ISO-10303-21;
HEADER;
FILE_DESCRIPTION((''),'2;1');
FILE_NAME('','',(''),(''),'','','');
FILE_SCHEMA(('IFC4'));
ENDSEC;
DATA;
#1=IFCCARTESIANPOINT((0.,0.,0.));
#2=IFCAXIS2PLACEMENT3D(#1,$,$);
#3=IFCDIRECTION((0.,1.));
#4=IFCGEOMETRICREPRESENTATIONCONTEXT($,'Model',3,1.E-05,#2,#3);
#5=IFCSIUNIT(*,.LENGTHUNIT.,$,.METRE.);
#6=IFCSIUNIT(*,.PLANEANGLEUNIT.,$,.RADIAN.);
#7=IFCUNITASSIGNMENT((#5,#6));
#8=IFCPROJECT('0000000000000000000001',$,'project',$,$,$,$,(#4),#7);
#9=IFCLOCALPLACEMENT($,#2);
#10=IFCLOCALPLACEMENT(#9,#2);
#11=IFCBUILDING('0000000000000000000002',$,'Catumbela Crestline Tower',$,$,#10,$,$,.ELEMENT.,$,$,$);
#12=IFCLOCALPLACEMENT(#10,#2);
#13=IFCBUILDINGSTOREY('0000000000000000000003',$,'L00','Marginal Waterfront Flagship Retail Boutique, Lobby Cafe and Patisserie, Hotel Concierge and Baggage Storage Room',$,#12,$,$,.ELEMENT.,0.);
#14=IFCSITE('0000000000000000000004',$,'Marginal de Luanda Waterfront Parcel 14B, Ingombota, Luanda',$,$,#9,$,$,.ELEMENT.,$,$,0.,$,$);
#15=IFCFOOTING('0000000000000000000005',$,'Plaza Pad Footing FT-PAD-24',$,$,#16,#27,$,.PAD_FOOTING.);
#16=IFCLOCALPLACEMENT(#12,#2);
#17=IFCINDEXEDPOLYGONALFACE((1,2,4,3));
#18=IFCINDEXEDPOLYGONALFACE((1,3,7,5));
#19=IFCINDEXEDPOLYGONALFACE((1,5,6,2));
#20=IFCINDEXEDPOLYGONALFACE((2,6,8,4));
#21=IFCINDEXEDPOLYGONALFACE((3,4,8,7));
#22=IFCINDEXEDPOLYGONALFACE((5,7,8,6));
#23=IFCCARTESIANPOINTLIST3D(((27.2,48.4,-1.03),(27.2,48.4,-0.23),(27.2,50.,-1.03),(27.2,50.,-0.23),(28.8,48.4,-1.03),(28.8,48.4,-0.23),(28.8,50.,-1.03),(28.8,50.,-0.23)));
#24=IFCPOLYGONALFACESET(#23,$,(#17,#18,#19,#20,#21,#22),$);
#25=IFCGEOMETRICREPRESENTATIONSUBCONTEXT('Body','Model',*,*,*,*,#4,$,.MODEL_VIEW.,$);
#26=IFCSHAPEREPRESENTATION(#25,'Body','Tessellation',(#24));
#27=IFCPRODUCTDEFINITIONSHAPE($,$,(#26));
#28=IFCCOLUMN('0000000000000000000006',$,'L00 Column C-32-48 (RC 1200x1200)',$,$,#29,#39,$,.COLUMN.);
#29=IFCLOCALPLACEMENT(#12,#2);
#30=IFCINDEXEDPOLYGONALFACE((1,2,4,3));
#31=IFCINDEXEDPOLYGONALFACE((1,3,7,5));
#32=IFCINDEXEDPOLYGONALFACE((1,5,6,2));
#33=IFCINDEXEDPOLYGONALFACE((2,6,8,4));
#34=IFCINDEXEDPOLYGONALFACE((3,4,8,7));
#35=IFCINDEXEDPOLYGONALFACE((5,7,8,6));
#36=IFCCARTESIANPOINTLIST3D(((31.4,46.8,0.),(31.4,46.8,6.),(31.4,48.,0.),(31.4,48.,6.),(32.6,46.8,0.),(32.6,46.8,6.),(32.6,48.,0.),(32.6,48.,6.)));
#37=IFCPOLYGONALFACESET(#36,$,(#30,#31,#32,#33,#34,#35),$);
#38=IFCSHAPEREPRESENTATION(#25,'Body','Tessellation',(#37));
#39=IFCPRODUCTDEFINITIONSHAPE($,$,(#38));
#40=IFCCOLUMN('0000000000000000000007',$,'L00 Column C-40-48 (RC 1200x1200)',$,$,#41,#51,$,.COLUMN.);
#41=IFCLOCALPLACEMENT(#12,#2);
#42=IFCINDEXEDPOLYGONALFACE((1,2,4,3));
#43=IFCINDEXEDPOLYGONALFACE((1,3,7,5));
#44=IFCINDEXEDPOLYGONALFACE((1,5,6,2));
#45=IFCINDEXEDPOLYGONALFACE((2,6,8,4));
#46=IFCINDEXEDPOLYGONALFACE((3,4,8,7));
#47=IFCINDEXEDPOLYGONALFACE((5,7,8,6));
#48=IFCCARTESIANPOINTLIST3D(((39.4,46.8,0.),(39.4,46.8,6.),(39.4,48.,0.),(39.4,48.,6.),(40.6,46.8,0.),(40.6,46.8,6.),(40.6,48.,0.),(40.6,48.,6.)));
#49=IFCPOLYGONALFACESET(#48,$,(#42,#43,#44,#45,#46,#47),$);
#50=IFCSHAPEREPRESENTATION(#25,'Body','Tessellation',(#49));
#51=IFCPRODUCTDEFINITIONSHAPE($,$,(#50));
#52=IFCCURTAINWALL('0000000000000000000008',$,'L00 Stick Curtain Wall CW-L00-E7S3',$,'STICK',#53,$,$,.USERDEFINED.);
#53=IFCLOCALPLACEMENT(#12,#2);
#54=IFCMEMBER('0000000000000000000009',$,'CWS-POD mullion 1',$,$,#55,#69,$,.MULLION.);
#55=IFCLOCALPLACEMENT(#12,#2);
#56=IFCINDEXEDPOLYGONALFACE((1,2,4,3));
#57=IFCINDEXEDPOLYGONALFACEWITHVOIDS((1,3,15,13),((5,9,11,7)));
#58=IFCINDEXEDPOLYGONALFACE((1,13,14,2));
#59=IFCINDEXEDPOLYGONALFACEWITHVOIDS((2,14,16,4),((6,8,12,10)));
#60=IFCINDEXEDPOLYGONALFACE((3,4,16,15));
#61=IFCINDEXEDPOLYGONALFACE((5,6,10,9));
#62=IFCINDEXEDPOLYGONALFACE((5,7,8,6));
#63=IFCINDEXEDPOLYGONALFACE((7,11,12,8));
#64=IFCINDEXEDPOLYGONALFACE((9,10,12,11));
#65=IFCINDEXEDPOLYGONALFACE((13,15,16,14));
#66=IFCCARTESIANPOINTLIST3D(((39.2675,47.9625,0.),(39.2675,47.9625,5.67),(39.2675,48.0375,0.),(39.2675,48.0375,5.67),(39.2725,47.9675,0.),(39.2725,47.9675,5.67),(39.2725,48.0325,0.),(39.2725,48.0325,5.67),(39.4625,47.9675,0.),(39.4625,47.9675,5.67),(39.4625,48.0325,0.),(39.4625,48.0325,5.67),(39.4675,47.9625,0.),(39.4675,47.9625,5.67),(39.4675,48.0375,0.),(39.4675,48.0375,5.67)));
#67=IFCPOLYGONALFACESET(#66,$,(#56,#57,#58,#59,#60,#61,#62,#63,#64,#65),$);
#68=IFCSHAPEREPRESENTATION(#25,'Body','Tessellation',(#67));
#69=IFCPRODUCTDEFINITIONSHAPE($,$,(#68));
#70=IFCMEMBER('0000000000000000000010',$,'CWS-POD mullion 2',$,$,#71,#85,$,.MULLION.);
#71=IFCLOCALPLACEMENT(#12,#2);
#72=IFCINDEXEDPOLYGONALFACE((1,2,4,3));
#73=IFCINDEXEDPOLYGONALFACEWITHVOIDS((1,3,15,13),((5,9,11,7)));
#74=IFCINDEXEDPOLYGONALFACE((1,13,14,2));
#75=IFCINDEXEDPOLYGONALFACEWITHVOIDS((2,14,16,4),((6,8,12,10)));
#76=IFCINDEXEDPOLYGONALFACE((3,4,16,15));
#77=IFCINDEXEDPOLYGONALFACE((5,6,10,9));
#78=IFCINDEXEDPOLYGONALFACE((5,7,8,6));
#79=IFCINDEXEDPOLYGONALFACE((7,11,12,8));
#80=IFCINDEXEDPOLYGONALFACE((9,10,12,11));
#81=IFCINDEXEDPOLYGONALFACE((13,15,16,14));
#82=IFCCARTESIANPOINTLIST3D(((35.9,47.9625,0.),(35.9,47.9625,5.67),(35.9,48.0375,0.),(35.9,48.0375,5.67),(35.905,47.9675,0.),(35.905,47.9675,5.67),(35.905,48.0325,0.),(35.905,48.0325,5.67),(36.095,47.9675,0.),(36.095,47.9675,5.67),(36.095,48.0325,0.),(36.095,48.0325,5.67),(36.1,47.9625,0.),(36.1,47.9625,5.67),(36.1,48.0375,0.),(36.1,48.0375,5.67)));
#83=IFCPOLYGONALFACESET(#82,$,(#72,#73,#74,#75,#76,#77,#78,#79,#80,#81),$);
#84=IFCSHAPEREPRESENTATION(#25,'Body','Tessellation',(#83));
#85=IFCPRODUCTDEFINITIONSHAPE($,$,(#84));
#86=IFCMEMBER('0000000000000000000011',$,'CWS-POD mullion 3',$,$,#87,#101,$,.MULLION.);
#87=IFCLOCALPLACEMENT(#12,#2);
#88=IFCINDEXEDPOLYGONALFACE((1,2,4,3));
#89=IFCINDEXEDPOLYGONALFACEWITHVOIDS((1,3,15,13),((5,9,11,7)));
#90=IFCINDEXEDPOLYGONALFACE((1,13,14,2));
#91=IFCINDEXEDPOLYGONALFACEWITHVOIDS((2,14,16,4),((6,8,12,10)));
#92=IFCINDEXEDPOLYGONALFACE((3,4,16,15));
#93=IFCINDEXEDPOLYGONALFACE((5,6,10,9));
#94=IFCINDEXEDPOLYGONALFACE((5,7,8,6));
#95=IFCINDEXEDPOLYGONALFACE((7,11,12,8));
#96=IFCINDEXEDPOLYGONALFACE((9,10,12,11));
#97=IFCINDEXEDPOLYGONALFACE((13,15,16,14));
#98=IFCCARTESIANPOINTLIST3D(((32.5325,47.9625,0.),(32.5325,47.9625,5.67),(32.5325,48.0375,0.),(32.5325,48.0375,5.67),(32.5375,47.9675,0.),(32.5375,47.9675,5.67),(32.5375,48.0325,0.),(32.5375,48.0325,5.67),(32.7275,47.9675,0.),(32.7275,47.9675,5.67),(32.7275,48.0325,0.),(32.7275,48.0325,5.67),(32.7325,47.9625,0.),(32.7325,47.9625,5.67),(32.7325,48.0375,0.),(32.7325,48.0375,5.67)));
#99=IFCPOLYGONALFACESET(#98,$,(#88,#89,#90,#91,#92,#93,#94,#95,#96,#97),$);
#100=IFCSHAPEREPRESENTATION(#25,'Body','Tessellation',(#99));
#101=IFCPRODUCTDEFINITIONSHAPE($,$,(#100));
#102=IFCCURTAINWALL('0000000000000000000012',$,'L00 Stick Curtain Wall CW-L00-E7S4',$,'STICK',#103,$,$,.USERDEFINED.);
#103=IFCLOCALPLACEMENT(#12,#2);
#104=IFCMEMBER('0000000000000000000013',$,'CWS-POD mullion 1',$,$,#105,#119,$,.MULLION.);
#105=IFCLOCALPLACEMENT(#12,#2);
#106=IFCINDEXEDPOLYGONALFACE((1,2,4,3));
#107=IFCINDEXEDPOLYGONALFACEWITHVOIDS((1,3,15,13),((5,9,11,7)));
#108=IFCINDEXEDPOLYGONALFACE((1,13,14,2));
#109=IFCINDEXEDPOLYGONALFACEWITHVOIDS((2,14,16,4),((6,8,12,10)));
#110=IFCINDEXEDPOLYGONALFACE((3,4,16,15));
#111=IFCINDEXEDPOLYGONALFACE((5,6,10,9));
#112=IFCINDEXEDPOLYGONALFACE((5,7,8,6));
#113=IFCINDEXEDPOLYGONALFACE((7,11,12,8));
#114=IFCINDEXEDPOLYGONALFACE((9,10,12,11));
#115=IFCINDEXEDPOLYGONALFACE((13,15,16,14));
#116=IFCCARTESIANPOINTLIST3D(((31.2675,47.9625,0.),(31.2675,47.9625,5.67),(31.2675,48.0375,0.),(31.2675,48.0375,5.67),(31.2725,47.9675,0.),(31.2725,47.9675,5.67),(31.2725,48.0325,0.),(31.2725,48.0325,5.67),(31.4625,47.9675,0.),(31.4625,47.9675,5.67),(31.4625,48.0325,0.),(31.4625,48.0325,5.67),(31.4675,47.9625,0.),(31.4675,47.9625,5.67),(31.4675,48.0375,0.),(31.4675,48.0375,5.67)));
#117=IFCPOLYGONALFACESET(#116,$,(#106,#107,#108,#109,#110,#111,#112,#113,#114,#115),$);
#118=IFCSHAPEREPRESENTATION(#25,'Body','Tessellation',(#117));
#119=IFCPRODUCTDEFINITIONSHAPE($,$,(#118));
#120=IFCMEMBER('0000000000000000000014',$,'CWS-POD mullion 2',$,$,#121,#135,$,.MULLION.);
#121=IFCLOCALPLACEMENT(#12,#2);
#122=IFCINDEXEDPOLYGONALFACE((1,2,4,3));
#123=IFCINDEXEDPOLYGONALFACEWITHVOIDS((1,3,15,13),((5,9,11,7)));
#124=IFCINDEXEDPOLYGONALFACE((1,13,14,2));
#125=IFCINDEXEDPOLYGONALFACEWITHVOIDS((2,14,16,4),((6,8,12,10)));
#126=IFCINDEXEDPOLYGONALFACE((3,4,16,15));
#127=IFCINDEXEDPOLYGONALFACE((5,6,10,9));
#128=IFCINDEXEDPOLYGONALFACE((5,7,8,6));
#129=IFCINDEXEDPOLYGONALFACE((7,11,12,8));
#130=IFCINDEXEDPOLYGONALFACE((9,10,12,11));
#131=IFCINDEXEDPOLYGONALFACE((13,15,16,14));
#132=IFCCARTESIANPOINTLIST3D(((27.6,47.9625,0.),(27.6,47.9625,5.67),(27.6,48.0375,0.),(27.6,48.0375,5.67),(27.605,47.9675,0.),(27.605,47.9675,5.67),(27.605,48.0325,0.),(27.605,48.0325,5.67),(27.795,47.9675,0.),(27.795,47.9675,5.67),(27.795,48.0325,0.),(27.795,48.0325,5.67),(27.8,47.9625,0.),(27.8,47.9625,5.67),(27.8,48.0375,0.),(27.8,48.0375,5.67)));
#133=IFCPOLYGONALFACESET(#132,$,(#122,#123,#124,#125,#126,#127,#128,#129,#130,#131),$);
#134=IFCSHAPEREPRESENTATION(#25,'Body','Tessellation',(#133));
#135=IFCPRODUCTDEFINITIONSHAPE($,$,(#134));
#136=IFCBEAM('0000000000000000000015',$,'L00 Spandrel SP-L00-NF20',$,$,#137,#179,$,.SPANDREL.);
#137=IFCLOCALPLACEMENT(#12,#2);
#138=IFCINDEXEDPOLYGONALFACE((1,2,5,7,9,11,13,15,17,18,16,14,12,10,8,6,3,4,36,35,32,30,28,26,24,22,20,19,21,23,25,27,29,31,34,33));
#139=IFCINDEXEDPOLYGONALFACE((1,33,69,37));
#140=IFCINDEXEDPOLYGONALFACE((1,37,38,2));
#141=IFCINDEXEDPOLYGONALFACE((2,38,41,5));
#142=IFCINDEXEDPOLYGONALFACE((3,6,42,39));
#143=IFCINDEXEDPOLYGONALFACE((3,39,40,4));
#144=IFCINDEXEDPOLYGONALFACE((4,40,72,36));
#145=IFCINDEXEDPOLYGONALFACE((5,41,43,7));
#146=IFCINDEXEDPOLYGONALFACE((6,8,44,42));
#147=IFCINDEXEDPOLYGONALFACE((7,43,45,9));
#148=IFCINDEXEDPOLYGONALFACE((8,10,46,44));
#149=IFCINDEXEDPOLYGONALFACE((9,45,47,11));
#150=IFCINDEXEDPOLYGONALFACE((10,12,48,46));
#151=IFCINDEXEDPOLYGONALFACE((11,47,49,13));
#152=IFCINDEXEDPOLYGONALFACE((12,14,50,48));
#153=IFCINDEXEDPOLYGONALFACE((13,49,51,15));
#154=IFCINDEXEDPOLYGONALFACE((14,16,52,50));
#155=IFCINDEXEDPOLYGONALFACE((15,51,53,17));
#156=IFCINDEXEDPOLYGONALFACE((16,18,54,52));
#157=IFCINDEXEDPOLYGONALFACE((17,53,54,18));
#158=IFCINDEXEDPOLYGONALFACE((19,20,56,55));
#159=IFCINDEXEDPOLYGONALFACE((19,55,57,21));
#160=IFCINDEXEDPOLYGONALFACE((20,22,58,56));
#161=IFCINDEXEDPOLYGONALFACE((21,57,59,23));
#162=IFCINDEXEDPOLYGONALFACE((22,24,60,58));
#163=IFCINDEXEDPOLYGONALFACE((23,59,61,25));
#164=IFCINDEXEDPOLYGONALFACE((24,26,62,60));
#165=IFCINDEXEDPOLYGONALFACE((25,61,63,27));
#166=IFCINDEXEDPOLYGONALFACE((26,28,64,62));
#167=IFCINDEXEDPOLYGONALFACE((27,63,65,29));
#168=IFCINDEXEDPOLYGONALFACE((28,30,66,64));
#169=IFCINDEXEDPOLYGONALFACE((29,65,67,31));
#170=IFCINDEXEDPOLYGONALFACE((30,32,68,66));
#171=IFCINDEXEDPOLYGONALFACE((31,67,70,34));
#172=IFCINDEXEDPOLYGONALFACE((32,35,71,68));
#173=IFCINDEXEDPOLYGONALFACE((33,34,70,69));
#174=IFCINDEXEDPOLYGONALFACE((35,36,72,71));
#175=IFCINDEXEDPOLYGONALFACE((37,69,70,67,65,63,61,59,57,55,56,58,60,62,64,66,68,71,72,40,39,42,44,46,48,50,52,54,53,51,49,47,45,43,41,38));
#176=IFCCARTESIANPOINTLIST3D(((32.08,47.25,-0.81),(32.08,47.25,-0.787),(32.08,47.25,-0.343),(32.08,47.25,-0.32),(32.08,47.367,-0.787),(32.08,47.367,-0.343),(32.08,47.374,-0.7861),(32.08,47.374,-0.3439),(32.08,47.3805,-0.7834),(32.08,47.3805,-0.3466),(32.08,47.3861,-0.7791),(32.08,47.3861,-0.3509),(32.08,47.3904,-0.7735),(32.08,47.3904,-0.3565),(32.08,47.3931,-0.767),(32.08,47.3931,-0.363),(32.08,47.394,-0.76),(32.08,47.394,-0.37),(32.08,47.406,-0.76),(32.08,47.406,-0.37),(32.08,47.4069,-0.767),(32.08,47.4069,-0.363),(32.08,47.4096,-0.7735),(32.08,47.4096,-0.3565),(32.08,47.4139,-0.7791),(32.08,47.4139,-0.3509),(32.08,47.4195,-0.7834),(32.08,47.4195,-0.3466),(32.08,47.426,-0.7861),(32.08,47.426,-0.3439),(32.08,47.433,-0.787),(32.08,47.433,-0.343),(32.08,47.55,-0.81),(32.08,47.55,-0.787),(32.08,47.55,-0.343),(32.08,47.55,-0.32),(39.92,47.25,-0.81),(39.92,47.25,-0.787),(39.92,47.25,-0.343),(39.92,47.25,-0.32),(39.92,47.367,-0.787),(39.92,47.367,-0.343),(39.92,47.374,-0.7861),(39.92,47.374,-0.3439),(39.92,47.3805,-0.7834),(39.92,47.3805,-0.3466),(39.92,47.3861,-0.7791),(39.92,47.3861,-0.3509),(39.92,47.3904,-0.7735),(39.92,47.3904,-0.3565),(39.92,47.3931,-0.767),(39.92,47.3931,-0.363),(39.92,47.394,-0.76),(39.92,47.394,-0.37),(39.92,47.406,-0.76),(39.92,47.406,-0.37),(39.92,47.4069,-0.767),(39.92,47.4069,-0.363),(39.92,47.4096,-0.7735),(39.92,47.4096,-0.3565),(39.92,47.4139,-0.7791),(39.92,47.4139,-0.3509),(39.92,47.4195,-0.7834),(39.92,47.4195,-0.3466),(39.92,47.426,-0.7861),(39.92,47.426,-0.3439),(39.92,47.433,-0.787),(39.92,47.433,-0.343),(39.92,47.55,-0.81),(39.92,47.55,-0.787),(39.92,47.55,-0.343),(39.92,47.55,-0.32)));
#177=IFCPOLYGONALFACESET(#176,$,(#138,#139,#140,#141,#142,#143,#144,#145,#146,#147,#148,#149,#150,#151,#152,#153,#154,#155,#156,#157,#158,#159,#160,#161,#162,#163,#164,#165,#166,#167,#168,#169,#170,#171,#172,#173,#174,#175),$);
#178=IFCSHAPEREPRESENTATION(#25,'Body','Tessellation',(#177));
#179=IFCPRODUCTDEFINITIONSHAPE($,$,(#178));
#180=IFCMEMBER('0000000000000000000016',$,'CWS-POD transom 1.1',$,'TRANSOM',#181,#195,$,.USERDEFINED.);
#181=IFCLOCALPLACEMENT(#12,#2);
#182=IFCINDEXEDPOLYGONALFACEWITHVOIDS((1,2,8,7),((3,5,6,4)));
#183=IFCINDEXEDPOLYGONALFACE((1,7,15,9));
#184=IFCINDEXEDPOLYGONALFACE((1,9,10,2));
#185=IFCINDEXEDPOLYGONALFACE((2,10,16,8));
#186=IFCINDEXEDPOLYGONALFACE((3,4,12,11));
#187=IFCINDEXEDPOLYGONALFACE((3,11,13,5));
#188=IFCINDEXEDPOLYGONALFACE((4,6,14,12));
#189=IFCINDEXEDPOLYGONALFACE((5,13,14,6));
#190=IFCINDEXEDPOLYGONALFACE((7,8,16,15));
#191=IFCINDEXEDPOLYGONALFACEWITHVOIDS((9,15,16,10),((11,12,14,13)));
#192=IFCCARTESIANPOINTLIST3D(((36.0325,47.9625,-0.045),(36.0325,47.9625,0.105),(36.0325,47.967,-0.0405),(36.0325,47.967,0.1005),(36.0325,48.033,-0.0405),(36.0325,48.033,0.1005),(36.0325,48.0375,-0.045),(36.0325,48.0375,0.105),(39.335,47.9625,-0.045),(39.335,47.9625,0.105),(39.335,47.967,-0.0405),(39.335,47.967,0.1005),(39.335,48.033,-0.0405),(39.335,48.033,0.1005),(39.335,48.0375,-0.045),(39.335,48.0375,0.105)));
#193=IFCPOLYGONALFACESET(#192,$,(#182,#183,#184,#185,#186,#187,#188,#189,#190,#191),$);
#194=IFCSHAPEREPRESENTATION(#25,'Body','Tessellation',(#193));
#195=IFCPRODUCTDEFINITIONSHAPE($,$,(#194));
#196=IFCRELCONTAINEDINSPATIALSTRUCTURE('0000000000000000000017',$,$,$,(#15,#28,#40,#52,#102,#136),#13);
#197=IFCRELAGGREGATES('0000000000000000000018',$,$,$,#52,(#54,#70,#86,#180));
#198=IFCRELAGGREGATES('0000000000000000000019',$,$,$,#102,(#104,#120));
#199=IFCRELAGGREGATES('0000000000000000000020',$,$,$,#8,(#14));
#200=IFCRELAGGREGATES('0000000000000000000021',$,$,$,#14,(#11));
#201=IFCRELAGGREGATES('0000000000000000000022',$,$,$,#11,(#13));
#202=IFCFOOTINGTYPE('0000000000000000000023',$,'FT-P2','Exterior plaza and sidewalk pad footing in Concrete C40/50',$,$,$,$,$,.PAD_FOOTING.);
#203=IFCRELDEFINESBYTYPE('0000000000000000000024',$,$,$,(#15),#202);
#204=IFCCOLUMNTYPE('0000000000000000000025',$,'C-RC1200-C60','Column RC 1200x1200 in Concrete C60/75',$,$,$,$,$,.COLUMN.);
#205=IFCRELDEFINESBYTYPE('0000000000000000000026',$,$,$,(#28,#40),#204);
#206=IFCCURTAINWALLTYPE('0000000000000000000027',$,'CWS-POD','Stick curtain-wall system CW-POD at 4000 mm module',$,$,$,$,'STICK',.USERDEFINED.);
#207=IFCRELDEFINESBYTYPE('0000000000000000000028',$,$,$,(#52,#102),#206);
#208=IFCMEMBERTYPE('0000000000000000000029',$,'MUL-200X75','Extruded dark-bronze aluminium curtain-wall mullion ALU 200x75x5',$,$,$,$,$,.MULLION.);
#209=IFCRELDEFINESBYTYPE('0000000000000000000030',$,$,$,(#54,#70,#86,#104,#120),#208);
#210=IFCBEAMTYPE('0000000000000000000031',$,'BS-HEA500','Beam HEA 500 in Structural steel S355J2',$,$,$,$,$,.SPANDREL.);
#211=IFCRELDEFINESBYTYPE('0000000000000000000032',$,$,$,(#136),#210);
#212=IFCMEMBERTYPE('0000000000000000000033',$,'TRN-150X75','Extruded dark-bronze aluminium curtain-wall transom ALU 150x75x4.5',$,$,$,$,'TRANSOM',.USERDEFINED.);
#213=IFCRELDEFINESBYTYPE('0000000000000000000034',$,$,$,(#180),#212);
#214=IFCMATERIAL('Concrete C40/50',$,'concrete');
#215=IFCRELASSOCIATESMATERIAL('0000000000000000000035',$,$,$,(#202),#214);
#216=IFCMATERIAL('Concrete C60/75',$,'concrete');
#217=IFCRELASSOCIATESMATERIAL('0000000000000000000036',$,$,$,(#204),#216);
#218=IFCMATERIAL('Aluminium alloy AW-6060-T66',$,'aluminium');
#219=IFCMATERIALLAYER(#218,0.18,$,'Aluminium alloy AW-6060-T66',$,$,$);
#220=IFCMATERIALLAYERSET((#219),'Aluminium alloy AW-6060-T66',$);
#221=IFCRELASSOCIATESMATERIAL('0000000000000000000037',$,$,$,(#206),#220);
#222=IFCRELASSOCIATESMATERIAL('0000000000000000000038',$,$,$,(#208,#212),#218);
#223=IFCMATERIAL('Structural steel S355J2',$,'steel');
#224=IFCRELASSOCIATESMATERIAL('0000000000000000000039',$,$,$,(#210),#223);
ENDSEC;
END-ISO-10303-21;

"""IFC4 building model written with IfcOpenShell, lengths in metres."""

from ifc_helpers import new_model, si_unit, direction, frame, origin, origin_2d, place, context, subcontext, project, spatial, rectangle, hollow_rectangle, i_section, extrude, material, layer, layer_set, material_profile, profile_set, type_object, element, aggregate, save


model = new_model("IFC4")

# Units and contexts
model_context = context("Model", 3, precision=1e-05, world=origin(), true_north=direction((0.0, 1.0)))
body_context = subcontext(model_context, "Body", "Model", "MODEL_VIEW")
ifc_project = project(units=[si_unit("LENGTHUNIT", "METRE"), si_unit("PLANEANGLEUNIT", "RADIAN")], contexts=[model_context])

# Site, building, storey
site_placement = place(None, origin())
site = spatial("IfcSite", under=ifc_project, at=site_placement, Name="Marginal de Luanda Waterfront Parcel 14B, Ingombota, Luanda", CompositionType="ELEMENT", RefElevation=0.0)
building_placement = place(site_placement, origin())
building = spatial("IfcBuilding", under=site, at=building_placement, Name="Catumbela Crestline Tower", CompositionType="ELEMENT")
storey_placement = place(building_placement, origin())
storey = spatial("IfcBuildingStorey", under=building, at=storey_placement, Name="L00", Description="Marginal Waterfront Flagship Retail Boutique, Lobby Cafe and Patisserie, Hotel Concierge and Baggage Storage Room", CompositionType="ELEMENT", Elevation=0.0)

# Footing
ifc_material_1 = material(Name="Concrete C40/50", Category="concrete")
footing_type = type_object("IfcFootingType", Name="FT-P2", Description="Exterior plaza and sidewalk pad footing in Concrete C40/50", PredefinedType="PAD_FOOTING", material=ifc_material_1)
footing_placement = place(storey_placement, frame((28.0, 49.2, -1.03), z_axis=(0.0, 0.0, 1.0), x_axis=(1.0, 0.0, 0.0)))
element("IfcFooting", 1, at=footing_placement, inside=storey, type_object=footing_type, Name="Plaza Pad Footing FT-PAD-24", PredefinedType="PAD_FOOTING", context=body_context, shape_type="SweptSolid", body=[
    extrude(rectangle(XDim=1.6, YDim=1.6, at=origin_2d()), origin(), (0.0, 0.0, 1.0), 0.8),
])

# Columns
ifc_material_2 = material(Name="Concrete C60/75", Category="concrete")
ifc_material_profile_1 = material_profile(ifc_material_2, rectangle(XDim=1.2, YDim=1.2, at=origin_2d()), Name="RC 1200x1200")
ifc_profile_set_1 = profile_set([ifc_material_profile_1], Name="Concrete C60/75")
column_type = type_object("IfcColumnType", Name="C-RC1200-C60", Description="Column RC 1200x1200 in Concrete C60/75", PredefinedType="COLUMN", material=ifc_profile_set_1)
for number, where, z_axis, x_axis, name in (
    (2, (32.0, 47.4, 0.0), (0.0, 0.0, 1.0), (1.0, 0.0, 0.0), "L00 Column C-32-48 (RC 1200x1200)"),
    (3, (40.0, 47.4, 0.0), (0.0, 0.0, 1.0), (1.0, 0.0, 0.0), "L00 Column C-40-48 (RC 1200x1200)"),
):
    element("IfcColumn", number, at=place(storey_placement, frame(where, z_axis=z_axis, x_axis=x_axis)), inside=storey, type_object=column_type, Name=name, PredefinedType="COLUMN", context=body_context, shape_type="SweptSolid", body=[
        extrude(rectangle(XDim=1.2, YDim=1.2, at=origin_2d()), origin(), (0.0, 0.0, 1.0), 6.0),
    ])

# Curtain walls, members
ifc_material_3 = material(Name="Aluminium alloy AW-6060-T66", Category="aluminium")
ifc_layer_1 = layer(ifc_material_3, 0.18, Name="Aluminium alloy AW-6060-T66")
ifc_layer_set_1 = layer_set([ifc_layer_1], Name="Aluminium alloy AW-6060-T66")
curtain_wall_type = type_object("IfcCurtainWallType", Name="CWS-POD", Description="Stick curtain-wall system CW-POD at 4000 mm module", ElementType="STICK", PredefinedType="USERDEFINED", material=ifc_layer_set_1)
curtain_wall_1_placement = place(storey_placement, origin())
curtain_wall_1 = element("IfcCurtainWall", 4, at=curtain_wall_1_placement, inside=storey, type_object=curtain_wall_type, Name="L00 Stick Curtain Wall CW-L00-E7S3", ObjectType="STICK", PredefinedType="USERDEFINED")
ifc_material_profile_2 = material_profile(ifc_material_3, hollow_rectangle(XDim=0.075, YDim=0.2, WallThickness=0.005, at=origin_2d()), Name="ALU 200x75x5")
ifc_profile_set_2 = profile_set([ifc_material_profile_2], Name="Aluminium alloy AW-6060-T66")
member_type_1 = type_object("IfcMemberType", Name="MUL-200X75", Description="Extruded dark-bronze aluminium curtain-wall mullion ALU 200x75x5", PredefinedType="MULLION", material=ifc_profile_set_2)
member_1_placement = place(storey_placement, frame((39.3675, 48.0, 0.0), z_axis=(0.0, 0.0, 1.0), x_axis=(0.0, -1.0, 0.0)))
member_1 = element("IfcMember", 5, at=member_1_placement, type_object=member_type_1, Name="CWS-POD mullion 1", PredefinedType="MULLION", context=body_context, shape_type="SweptSolid", body=[
    extrude(hollow_rectangle(XDim=0.075, YDim=0.2, WallThickness=0.005, at=origin_2d()), origin(), (0.0, 0.0, 1.0), 5.67),
])
member_2_placement = place(storey_placement, frame((36.0, 48.0, 0.0), z_axis=(0.0, 0.0, 1.0), x_axis=(0.0, -1.0, 0.0)))
member_2 = element("IfcMember", 6, at=member_2_placement, type_object=member_type_1, Name="CWS-POD mullion 2", PredefinedType="MULLION", context=body_context, shape_type="SweptSolid", body=[
    extrude(hollow_rectangle(XDim=0.075, YDim=0.2, WallThickness=0.005, at=origin_2d()), origin(), (0.0, 0.0, 1.0), 5.67),
])
member_3_placement = place(storey_placement, frame((32.6325, 48.0, 0.0), z_axis=(0.0, 0.0, 1.0), x_axis=(0.0, -1.0, 0.0)))
member_3 = element("IfcMember", 7, at=member_3_placement, type_object=member_type_1, Name="CWS-POD mullion 3", PredefinedType="MULLION", context=body_context, shape_type="SweptSolid", body=[
    extrude(hollow_rectangle(XDim=0.075, YDim=0.2, WallThickness=0.005, at=origin_2d()), origin(), (0.0, 0.0, 1.0), 5.67),
])
curtain_wall_2_placement = place(storey_placement, origin())
curtain_wall_2 = element("IfcCurtainWall", 8, at=curtain_wall_2_placement, inside=storey, type_object=curtain_wall_type, Name="L00 Stick Curtain Wall CW-L00-E7S4", ObjectType="STICK", PredefinedType="USERDEFINED")
member_4_placement = place(storey_placement, frame((31.3675, 48.0, 0.0), z_axis=(0.0, 0.0, 1.0), x_axis=(0.0, -1.0, 0.0)))
member_4 = element("IfcMember", 9, at=member_4_placement, type_object=member_type_1, Name="CWS-POD mullion 1", PredefinedType="MULLION", context=body_context, shape_type="SweptSolid", body=[
    extrude(hollow_rectangle(XDim=0.075, YDim=0.2, WallThickness=0.005, at=origin_2d()), origin(), (0.0, 0.0, 1.0), 5.67),
])
member_5_placement = place(storey_placement, frame((27.7, 48.0, 0.0), z_axis=(0.0, 0.0, 1.0), x_axis=(0.0, -1.0, 0.0)))
member_5 = element("IfcMember", 10, at=member_5_placement, type_object=member_type_1, Name="CWS-POD mullion 2", PredefinedType="MULLION", context=body_context, shape_type="SweptSolid", body=[
    extrude(hollow_rectangle(XDim=0.075, YDim=0.2, WallThickness=0.005, at=origin_2d()), origin(), (0.0, 0.0, 1.0), 5.67),
])

# Beam
ifc_material_4 = material(Name="Structural steel S355J2", Category="steel")
ifc_material_profile_3 = material_profile(ifc_material_4, i_section(OverallWidth=0.3, OverallDepth=0.49, WebThickness=0.012, FlangeThickness=0.023, FilletRadius=0.027, at=origin_2d()), Name="HEA 500")
ifc_profile_set_3 = profile_set([ifc_material_profile_3], Name="Structural steel S355J2")
beam_type = type_object("IfcBeamType", Name="BS-HEA500", Description="Beam HEA 500 in Structural steel S355J2", PredefinedType="SPANDREL", material=ifc_profile_set_3)
beam_placement = place(storey_placement, frame((32.08, 47.4, -0.565), z_axis=(1.0, 0.0, 0.0), x_axis=(0.0, 1.0, 0.0)))
element("IfcBeam", 11, at=beam_placement, inside=storey, type_object=beam_type, Name="L00 Spandrel SP-L00-NF20", PredefinedType="SPANDREL", context=body_context, shape_type="SweptSolid", body=[
    extrude(i_section(OverallWidth=0.3, OverallDepth=0.49, WebThickness=0.012, FlangeThickness=0.023, FilletRadius=0.027, at=origin_2d()), origin(), (0.0, 0.0, 1.0), 7.84),
])

# Member
ifc_material_profile_4 = material_profile(ifc_material_3, hollow_rectangle(XDim=0.075, YDim=0.15, WallThickness=0.0045, at=origin_2d()), Name="ALU 150x75x4.5")
ifc_profile_set_4 = profile_set([ifc_material_profile_4], Name="Aluminium alloy AW-6060-T66")
member_type_2 = type_object("IfcMemberType", Name="TRN-150X75", Description="Extruded dark-bronze aluminium curtain-wall transom ALU 150x75x4.5", ElementType="TRANSOM", PredefinedType="USERDEFINED", material=ifc_profile_set_4)
member_6_placement = place(storey_placement, frame((39.335, 48.0, 0.03), z_axis=(-1.0, 0.0, 0.0), x_axis=(0.0, -1.0, 0.0)))
member_6 = element("IfcMember", 12, at=member_6_placement, type_object=member_type_2, Name="CWS-POD transom 1.1", ObjectType="TRANSOM", PredefinedType="USERDEFINED", context=body_context, shape_type="SweptSolid", body=[
    extrude(hollow_rectangle(XDim=0.075, YDim=0.15, WallThickness=0.0045, at=origin_2d()), origin(), (0.0, 0.0, 1.0), 3.3025),
])

aggregate(curtain_wall_1, [member_1, member_2, member_3, member_6])
aggregate(curtain_wall_2, [member_4, member_5])

save(model, "model.ifc")
